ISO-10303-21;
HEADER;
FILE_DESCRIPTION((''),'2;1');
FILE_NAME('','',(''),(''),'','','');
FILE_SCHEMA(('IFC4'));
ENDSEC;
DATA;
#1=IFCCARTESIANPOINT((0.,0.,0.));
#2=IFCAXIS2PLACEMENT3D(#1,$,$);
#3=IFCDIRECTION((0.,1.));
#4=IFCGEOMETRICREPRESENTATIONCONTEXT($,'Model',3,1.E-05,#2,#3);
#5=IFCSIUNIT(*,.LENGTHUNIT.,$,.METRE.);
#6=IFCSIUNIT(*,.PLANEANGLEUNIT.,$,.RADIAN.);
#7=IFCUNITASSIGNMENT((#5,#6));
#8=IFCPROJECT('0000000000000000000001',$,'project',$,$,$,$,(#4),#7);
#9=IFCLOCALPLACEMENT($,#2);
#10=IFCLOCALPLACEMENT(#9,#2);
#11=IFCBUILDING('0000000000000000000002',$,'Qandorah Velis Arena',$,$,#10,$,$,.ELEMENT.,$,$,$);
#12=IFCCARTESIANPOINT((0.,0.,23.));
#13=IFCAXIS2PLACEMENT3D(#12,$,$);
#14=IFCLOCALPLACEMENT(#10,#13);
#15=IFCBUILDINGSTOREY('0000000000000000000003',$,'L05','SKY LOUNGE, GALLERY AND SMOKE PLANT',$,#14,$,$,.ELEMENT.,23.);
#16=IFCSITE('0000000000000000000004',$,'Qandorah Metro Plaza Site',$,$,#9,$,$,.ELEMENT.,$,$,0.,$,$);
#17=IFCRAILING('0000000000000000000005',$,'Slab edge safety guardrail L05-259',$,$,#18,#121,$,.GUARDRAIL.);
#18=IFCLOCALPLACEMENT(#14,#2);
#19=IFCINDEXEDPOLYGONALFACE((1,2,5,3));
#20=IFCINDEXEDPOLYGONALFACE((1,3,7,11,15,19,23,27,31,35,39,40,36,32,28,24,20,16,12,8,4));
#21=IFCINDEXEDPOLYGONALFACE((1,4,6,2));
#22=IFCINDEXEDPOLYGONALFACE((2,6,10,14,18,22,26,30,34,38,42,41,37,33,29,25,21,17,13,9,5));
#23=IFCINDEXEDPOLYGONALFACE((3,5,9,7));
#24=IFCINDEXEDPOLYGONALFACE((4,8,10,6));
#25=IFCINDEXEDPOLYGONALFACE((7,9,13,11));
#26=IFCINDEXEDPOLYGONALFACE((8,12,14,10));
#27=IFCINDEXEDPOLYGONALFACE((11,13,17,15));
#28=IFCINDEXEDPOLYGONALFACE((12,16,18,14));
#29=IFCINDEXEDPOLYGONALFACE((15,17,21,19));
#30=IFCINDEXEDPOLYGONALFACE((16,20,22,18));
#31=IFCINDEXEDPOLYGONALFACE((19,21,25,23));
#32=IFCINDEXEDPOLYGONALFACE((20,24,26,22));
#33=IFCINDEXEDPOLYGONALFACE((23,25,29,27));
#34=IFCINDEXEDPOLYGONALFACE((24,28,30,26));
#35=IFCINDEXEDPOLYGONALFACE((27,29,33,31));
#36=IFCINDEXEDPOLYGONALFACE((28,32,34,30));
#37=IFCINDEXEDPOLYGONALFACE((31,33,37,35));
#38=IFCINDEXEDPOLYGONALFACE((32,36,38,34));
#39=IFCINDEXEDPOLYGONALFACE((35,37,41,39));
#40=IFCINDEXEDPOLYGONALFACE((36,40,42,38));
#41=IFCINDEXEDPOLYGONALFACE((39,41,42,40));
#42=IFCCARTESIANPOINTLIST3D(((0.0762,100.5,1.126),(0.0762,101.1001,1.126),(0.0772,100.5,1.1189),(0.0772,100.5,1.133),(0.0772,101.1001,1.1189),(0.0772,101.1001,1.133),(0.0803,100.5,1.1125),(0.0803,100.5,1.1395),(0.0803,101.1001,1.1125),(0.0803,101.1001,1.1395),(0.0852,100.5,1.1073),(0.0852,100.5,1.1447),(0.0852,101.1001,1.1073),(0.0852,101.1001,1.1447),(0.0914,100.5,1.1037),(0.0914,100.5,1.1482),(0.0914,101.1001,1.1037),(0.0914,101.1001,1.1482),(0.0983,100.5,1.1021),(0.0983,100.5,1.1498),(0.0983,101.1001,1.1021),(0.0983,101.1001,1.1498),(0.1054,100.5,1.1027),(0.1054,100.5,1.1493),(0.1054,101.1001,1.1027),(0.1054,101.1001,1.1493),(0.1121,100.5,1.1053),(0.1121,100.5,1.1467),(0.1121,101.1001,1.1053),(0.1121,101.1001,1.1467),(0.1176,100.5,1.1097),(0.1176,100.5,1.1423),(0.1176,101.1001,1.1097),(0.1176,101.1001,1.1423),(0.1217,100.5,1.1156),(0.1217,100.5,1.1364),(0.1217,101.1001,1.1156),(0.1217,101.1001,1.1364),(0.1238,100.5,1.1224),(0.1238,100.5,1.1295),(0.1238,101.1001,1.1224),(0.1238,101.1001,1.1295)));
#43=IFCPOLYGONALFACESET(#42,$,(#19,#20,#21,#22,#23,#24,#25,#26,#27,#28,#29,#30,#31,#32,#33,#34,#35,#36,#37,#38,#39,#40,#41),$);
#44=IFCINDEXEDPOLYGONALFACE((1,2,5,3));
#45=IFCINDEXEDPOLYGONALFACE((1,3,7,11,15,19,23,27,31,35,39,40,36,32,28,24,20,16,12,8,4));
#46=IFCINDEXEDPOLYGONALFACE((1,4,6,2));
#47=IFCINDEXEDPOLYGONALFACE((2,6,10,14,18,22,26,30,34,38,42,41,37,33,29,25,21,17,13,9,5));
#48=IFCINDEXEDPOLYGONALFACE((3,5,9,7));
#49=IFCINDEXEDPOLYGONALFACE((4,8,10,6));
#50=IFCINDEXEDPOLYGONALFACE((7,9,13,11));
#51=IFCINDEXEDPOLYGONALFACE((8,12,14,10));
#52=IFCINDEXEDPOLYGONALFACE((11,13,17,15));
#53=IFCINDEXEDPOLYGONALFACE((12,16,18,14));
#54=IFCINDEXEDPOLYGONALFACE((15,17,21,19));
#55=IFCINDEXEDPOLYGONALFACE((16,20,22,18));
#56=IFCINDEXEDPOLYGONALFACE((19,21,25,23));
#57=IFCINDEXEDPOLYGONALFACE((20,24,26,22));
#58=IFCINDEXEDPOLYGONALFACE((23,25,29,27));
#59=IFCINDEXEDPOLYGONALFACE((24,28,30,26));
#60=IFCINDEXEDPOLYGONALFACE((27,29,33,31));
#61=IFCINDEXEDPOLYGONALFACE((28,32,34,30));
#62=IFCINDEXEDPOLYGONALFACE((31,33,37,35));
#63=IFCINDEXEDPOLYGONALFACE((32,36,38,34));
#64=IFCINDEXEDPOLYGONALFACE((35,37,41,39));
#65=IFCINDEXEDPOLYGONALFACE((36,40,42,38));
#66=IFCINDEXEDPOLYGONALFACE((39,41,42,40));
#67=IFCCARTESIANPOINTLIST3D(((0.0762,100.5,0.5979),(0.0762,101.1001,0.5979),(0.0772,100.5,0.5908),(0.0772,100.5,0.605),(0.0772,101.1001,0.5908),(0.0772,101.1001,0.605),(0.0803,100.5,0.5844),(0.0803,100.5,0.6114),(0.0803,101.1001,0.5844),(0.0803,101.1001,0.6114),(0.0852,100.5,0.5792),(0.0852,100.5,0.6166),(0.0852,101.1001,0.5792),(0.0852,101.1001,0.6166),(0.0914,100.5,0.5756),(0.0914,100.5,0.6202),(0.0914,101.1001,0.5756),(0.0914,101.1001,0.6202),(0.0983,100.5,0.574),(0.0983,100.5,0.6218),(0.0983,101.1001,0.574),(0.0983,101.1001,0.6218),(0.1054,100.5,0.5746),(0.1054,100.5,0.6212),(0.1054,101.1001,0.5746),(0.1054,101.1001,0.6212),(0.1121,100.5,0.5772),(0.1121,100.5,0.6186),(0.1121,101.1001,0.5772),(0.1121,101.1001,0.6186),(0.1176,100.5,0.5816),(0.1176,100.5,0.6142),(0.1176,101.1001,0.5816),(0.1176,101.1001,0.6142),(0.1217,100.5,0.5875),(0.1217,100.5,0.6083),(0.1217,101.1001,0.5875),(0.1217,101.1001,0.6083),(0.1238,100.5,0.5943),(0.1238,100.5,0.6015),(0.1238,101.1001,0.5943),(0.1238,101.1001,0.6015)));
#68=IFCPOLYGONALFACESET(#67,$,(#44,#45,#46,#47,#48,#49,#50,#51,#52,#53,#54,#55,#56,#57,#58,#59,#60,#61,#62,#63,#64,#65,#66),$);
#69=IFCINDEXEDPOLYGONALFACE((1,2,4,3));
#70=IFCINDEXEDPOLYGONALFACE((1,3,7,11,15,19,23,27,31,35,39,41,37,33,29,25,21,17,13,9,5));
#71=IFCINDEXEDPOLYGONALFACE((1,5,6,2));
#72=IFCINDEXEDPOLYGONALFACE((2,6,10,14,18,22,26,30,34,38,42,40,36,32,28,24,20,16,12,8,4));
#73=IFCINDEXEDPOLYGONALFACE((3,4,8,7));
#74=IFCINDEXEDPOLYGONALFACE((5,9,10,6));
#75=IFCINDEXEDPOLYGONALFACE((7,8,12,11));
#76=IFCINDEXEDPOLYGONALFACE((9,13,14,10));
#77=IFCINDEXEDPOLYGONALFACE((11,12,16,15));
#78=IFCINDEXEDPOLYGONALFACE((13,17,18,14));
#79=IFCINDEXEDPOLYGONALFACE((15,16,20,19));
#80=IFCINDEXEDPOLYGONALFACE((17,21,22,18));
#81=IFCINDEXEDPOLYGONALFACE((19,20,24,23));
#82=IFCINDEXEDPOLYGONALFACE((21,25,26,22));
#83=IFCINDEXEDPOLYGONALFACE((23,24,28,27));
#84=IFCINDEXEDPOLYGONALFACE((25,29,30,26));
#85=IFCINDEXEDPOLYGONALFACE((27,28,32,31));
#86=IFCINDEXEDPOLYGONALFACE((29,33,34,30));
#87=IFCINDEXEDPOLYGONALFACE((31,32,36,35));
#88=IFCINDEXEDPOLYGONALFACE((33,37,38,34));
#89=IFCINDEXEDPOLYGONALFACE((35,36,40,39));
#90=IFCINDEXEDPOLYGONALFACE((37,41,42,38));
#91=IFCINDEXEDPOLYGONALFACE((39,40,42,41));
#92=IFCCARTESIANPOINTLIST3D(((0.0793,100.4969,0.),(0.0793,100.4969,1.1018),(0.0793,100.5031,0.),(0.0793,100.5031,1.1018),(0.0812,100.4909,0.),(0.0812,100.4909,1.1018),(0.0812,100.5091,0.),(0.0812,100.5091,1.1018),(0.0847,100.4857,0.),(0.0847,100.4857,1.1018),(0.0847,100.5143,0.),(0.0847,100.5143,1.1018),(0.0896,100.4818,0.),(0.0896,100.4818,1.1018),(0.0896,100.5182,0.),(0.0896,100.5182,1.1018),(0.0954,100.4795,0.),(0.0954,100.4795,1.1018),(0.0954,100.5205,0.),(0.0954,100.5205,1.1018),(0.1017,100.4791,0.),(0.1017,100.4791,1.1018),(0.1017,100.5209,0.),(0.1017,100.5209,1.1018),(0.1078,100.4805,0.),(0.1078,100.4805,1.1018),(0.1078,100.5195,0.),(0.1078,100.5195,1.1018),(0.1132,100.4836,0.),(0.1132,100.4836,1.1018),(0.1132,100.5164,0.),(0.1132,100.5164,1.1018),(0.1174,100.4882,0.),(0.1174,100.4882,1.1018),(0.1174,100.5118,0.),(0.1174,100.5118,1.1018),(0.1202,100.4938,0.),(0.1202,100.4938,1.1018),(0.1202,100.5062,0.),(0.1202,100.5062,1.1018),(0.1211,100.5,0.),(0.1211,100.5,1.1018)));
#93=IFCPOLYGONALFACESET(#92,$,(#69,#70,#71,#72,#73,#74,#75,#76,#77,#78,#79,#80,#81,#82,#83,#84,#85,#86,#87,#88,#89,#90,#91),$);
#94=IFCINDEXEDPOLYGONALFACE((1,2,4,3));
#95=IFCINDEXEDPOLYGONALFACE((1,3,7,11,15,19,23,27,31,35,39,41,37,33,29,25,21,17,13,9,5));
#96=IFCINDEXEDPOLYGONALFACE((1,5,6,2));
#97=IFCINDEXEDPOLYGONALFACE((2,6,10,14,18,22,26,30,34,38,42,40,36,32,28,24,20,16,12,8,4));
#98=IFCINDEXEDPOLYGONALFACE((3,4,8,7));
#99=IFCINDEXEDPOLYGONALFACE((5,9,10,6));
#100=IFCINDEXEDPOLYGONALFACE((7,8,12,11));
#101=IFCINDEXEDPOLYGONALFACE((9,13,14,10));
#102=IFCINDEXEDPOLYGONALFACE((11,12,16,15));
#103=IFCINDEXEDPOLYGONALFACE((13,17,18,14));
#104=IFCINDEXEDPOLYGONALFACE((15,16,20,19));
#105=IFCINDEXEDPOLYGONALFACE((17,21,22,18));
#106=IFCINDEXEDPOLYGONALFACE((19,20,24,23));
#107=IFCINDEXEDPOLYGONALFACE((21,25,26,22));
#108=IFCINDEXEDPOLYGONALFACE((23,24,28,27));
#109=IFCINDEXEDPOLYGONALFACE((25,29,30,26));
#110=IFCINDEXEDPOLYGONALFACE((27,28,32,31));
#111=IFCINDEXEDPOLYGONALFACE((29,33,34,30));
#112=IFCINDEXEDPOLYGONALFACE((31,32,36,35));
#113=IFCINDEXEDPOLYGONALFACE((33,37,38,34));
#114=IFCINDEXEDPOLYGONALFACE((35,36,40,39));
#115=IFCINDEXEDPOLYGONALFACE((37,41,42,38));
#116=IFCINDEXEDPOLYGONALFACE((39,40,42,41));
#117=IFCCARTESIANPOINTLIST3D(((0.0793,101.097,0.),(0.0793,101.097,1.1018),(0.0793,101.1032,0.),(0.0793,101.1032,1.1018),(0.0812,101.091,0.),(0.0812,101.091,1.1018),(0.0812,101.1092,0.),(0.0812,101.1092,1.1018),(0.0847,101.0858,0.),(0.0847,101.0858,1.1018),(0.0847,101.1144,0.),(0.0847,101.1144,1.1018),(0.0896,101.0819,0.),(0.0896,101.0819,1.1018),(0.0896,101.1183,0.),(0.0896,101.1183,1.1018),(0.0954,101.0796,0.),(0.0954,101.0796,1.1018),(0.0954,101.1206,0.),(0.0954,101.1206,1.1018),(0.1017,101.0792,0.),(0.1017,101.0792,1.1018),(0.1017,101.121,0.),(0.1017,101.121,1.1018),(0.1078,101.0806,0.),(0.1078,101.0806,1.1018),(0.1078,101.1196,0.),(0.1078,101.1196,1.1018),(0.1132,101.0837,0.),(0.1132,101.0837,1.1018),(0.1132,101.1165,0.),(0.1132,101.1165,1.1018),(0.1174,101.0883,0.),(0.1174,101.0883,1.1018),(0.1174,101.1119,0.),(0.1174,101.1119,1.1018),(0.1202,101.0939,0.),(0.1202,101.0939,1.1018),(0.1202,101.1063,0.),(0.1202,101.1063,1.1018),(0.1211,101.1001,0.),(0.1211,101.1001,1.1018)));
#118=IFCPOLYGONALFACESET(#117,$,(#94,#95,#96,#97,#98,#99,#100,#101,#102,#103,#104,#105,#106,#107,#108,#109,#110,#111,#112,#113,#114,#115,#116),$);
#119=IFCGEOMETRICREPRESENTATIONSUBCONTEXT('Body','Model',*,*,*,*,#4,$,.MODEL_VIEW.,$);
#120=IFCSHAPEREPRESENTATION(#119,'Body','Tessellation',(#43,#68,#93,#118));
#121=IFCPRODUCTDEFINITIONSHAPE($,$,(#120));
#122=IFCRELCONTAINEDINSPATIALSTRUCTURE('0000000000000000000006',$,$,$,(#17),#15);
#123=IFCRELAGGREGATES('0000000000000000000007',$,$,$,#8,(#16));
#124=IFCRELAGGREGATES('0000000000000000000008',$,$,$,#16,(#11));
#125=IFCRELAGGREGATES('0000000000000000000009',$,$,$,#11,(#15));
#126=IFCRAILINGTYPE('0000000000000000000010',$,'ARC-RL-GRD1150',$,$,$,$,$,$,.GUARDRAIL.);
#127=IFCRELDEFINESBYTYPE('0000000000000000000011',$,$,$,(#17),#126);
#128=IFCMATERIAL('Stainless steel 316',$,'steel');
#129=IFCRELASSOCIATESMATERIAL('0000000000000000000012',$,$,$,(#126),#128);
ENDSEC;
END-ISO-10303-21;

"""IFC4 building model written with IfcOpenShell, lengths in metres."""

from ifc_helpers import new_model, si_unit, direction, frame, origin, origin_2d, place, context, subcontext, project, spatial, circle, extrude, material, type_object, element, save


model = new_model("IFC4")

# Units and contexts
model_context = context("Model", 3, precision=1e-05, world=origin(), true_north=direction((0.0, 1.0)))
body_context = subcontext(model_context, "Body", "Model", "MODEL_VIEW")
ifc_project = project(units=[si_unit("LENGTHUNIT", "METRE"), si_unit("PLANEANGLEUNIT", "RADIAN")], contexts=[model_context])

# Site, building, storey
site_placement = place(None, origin())
site = spatial("IfcSite", under=ifc_project, at=site_placement, Name="Qandorah Metro Plaza Site", CompositionType="ELEMENT", RefElevation=0.0)
building_placement = place(site_placement, origin())
building = spatial("IfcBuilding", under=site, at=building_placement, Name="Qandorah Velis Arena", CompositionType="ELEMENT")
storey_placement = place(building_placement, frame((0.0, 0.0, 23.0)))
storey = spatial("IfcBuildingStorey", under=building, at=storey_placement, Name="L05", Description="SKY LOUNGE, GALLERY AND SMOKE PLANT", CompositionType="ELEMENT", Elevation=23.0)

# Railing
ifc_material_1 = material(Name="Stainless steel 316", Category="steel")
railing_type = type_object("IfcRailingType", Name="ARC-RL-GRD1150", PredefinedType="GUARDRAIL", material=ifc_material_1)
railing_1_placement = place(storey_placement, frame((0.1001, 100.5, 0.0)))
element("IfcRailing", 1, at=railing_1_placement, inside=storey, type_object=railing_type, Name="Slab edge safety guardrail L05-259", PredefinedType="GUARDRAIL", context=body_context, shape_type="SweptSolid", body=[
    extrude(circle(Radius=0.0239, at=origin_2d()), frame((0.0, 0.0, 1.126), z_axis=(0.0, 1.0, 0.0), x_axis=(-1.0, 0.0, 0.0)), (0.0, 0.0, 1.0), 0.6001),
    extrude(circle(Radius=0.0239, at=origin_2d()), frame((0.0, 0.0, 0.5979), z_axis=(0.0, 1.0, 0.0), x_axis=(-1.0, 0.0, 0.0)), (0.0, 0.0, 1.0), 0.6001),
    extrude(circle(Radius=0.021, at=origin_2d()), origin(), (0.0, 0.0, 1.0), 1.1018),
    extrude(circle(Radius=0.021, at=origin_2d()), frame((0.0, 0.6001, 0.0)), (0.0, 0.0, 1.0), 1.1018),
])

save(model, "model.ifc")
